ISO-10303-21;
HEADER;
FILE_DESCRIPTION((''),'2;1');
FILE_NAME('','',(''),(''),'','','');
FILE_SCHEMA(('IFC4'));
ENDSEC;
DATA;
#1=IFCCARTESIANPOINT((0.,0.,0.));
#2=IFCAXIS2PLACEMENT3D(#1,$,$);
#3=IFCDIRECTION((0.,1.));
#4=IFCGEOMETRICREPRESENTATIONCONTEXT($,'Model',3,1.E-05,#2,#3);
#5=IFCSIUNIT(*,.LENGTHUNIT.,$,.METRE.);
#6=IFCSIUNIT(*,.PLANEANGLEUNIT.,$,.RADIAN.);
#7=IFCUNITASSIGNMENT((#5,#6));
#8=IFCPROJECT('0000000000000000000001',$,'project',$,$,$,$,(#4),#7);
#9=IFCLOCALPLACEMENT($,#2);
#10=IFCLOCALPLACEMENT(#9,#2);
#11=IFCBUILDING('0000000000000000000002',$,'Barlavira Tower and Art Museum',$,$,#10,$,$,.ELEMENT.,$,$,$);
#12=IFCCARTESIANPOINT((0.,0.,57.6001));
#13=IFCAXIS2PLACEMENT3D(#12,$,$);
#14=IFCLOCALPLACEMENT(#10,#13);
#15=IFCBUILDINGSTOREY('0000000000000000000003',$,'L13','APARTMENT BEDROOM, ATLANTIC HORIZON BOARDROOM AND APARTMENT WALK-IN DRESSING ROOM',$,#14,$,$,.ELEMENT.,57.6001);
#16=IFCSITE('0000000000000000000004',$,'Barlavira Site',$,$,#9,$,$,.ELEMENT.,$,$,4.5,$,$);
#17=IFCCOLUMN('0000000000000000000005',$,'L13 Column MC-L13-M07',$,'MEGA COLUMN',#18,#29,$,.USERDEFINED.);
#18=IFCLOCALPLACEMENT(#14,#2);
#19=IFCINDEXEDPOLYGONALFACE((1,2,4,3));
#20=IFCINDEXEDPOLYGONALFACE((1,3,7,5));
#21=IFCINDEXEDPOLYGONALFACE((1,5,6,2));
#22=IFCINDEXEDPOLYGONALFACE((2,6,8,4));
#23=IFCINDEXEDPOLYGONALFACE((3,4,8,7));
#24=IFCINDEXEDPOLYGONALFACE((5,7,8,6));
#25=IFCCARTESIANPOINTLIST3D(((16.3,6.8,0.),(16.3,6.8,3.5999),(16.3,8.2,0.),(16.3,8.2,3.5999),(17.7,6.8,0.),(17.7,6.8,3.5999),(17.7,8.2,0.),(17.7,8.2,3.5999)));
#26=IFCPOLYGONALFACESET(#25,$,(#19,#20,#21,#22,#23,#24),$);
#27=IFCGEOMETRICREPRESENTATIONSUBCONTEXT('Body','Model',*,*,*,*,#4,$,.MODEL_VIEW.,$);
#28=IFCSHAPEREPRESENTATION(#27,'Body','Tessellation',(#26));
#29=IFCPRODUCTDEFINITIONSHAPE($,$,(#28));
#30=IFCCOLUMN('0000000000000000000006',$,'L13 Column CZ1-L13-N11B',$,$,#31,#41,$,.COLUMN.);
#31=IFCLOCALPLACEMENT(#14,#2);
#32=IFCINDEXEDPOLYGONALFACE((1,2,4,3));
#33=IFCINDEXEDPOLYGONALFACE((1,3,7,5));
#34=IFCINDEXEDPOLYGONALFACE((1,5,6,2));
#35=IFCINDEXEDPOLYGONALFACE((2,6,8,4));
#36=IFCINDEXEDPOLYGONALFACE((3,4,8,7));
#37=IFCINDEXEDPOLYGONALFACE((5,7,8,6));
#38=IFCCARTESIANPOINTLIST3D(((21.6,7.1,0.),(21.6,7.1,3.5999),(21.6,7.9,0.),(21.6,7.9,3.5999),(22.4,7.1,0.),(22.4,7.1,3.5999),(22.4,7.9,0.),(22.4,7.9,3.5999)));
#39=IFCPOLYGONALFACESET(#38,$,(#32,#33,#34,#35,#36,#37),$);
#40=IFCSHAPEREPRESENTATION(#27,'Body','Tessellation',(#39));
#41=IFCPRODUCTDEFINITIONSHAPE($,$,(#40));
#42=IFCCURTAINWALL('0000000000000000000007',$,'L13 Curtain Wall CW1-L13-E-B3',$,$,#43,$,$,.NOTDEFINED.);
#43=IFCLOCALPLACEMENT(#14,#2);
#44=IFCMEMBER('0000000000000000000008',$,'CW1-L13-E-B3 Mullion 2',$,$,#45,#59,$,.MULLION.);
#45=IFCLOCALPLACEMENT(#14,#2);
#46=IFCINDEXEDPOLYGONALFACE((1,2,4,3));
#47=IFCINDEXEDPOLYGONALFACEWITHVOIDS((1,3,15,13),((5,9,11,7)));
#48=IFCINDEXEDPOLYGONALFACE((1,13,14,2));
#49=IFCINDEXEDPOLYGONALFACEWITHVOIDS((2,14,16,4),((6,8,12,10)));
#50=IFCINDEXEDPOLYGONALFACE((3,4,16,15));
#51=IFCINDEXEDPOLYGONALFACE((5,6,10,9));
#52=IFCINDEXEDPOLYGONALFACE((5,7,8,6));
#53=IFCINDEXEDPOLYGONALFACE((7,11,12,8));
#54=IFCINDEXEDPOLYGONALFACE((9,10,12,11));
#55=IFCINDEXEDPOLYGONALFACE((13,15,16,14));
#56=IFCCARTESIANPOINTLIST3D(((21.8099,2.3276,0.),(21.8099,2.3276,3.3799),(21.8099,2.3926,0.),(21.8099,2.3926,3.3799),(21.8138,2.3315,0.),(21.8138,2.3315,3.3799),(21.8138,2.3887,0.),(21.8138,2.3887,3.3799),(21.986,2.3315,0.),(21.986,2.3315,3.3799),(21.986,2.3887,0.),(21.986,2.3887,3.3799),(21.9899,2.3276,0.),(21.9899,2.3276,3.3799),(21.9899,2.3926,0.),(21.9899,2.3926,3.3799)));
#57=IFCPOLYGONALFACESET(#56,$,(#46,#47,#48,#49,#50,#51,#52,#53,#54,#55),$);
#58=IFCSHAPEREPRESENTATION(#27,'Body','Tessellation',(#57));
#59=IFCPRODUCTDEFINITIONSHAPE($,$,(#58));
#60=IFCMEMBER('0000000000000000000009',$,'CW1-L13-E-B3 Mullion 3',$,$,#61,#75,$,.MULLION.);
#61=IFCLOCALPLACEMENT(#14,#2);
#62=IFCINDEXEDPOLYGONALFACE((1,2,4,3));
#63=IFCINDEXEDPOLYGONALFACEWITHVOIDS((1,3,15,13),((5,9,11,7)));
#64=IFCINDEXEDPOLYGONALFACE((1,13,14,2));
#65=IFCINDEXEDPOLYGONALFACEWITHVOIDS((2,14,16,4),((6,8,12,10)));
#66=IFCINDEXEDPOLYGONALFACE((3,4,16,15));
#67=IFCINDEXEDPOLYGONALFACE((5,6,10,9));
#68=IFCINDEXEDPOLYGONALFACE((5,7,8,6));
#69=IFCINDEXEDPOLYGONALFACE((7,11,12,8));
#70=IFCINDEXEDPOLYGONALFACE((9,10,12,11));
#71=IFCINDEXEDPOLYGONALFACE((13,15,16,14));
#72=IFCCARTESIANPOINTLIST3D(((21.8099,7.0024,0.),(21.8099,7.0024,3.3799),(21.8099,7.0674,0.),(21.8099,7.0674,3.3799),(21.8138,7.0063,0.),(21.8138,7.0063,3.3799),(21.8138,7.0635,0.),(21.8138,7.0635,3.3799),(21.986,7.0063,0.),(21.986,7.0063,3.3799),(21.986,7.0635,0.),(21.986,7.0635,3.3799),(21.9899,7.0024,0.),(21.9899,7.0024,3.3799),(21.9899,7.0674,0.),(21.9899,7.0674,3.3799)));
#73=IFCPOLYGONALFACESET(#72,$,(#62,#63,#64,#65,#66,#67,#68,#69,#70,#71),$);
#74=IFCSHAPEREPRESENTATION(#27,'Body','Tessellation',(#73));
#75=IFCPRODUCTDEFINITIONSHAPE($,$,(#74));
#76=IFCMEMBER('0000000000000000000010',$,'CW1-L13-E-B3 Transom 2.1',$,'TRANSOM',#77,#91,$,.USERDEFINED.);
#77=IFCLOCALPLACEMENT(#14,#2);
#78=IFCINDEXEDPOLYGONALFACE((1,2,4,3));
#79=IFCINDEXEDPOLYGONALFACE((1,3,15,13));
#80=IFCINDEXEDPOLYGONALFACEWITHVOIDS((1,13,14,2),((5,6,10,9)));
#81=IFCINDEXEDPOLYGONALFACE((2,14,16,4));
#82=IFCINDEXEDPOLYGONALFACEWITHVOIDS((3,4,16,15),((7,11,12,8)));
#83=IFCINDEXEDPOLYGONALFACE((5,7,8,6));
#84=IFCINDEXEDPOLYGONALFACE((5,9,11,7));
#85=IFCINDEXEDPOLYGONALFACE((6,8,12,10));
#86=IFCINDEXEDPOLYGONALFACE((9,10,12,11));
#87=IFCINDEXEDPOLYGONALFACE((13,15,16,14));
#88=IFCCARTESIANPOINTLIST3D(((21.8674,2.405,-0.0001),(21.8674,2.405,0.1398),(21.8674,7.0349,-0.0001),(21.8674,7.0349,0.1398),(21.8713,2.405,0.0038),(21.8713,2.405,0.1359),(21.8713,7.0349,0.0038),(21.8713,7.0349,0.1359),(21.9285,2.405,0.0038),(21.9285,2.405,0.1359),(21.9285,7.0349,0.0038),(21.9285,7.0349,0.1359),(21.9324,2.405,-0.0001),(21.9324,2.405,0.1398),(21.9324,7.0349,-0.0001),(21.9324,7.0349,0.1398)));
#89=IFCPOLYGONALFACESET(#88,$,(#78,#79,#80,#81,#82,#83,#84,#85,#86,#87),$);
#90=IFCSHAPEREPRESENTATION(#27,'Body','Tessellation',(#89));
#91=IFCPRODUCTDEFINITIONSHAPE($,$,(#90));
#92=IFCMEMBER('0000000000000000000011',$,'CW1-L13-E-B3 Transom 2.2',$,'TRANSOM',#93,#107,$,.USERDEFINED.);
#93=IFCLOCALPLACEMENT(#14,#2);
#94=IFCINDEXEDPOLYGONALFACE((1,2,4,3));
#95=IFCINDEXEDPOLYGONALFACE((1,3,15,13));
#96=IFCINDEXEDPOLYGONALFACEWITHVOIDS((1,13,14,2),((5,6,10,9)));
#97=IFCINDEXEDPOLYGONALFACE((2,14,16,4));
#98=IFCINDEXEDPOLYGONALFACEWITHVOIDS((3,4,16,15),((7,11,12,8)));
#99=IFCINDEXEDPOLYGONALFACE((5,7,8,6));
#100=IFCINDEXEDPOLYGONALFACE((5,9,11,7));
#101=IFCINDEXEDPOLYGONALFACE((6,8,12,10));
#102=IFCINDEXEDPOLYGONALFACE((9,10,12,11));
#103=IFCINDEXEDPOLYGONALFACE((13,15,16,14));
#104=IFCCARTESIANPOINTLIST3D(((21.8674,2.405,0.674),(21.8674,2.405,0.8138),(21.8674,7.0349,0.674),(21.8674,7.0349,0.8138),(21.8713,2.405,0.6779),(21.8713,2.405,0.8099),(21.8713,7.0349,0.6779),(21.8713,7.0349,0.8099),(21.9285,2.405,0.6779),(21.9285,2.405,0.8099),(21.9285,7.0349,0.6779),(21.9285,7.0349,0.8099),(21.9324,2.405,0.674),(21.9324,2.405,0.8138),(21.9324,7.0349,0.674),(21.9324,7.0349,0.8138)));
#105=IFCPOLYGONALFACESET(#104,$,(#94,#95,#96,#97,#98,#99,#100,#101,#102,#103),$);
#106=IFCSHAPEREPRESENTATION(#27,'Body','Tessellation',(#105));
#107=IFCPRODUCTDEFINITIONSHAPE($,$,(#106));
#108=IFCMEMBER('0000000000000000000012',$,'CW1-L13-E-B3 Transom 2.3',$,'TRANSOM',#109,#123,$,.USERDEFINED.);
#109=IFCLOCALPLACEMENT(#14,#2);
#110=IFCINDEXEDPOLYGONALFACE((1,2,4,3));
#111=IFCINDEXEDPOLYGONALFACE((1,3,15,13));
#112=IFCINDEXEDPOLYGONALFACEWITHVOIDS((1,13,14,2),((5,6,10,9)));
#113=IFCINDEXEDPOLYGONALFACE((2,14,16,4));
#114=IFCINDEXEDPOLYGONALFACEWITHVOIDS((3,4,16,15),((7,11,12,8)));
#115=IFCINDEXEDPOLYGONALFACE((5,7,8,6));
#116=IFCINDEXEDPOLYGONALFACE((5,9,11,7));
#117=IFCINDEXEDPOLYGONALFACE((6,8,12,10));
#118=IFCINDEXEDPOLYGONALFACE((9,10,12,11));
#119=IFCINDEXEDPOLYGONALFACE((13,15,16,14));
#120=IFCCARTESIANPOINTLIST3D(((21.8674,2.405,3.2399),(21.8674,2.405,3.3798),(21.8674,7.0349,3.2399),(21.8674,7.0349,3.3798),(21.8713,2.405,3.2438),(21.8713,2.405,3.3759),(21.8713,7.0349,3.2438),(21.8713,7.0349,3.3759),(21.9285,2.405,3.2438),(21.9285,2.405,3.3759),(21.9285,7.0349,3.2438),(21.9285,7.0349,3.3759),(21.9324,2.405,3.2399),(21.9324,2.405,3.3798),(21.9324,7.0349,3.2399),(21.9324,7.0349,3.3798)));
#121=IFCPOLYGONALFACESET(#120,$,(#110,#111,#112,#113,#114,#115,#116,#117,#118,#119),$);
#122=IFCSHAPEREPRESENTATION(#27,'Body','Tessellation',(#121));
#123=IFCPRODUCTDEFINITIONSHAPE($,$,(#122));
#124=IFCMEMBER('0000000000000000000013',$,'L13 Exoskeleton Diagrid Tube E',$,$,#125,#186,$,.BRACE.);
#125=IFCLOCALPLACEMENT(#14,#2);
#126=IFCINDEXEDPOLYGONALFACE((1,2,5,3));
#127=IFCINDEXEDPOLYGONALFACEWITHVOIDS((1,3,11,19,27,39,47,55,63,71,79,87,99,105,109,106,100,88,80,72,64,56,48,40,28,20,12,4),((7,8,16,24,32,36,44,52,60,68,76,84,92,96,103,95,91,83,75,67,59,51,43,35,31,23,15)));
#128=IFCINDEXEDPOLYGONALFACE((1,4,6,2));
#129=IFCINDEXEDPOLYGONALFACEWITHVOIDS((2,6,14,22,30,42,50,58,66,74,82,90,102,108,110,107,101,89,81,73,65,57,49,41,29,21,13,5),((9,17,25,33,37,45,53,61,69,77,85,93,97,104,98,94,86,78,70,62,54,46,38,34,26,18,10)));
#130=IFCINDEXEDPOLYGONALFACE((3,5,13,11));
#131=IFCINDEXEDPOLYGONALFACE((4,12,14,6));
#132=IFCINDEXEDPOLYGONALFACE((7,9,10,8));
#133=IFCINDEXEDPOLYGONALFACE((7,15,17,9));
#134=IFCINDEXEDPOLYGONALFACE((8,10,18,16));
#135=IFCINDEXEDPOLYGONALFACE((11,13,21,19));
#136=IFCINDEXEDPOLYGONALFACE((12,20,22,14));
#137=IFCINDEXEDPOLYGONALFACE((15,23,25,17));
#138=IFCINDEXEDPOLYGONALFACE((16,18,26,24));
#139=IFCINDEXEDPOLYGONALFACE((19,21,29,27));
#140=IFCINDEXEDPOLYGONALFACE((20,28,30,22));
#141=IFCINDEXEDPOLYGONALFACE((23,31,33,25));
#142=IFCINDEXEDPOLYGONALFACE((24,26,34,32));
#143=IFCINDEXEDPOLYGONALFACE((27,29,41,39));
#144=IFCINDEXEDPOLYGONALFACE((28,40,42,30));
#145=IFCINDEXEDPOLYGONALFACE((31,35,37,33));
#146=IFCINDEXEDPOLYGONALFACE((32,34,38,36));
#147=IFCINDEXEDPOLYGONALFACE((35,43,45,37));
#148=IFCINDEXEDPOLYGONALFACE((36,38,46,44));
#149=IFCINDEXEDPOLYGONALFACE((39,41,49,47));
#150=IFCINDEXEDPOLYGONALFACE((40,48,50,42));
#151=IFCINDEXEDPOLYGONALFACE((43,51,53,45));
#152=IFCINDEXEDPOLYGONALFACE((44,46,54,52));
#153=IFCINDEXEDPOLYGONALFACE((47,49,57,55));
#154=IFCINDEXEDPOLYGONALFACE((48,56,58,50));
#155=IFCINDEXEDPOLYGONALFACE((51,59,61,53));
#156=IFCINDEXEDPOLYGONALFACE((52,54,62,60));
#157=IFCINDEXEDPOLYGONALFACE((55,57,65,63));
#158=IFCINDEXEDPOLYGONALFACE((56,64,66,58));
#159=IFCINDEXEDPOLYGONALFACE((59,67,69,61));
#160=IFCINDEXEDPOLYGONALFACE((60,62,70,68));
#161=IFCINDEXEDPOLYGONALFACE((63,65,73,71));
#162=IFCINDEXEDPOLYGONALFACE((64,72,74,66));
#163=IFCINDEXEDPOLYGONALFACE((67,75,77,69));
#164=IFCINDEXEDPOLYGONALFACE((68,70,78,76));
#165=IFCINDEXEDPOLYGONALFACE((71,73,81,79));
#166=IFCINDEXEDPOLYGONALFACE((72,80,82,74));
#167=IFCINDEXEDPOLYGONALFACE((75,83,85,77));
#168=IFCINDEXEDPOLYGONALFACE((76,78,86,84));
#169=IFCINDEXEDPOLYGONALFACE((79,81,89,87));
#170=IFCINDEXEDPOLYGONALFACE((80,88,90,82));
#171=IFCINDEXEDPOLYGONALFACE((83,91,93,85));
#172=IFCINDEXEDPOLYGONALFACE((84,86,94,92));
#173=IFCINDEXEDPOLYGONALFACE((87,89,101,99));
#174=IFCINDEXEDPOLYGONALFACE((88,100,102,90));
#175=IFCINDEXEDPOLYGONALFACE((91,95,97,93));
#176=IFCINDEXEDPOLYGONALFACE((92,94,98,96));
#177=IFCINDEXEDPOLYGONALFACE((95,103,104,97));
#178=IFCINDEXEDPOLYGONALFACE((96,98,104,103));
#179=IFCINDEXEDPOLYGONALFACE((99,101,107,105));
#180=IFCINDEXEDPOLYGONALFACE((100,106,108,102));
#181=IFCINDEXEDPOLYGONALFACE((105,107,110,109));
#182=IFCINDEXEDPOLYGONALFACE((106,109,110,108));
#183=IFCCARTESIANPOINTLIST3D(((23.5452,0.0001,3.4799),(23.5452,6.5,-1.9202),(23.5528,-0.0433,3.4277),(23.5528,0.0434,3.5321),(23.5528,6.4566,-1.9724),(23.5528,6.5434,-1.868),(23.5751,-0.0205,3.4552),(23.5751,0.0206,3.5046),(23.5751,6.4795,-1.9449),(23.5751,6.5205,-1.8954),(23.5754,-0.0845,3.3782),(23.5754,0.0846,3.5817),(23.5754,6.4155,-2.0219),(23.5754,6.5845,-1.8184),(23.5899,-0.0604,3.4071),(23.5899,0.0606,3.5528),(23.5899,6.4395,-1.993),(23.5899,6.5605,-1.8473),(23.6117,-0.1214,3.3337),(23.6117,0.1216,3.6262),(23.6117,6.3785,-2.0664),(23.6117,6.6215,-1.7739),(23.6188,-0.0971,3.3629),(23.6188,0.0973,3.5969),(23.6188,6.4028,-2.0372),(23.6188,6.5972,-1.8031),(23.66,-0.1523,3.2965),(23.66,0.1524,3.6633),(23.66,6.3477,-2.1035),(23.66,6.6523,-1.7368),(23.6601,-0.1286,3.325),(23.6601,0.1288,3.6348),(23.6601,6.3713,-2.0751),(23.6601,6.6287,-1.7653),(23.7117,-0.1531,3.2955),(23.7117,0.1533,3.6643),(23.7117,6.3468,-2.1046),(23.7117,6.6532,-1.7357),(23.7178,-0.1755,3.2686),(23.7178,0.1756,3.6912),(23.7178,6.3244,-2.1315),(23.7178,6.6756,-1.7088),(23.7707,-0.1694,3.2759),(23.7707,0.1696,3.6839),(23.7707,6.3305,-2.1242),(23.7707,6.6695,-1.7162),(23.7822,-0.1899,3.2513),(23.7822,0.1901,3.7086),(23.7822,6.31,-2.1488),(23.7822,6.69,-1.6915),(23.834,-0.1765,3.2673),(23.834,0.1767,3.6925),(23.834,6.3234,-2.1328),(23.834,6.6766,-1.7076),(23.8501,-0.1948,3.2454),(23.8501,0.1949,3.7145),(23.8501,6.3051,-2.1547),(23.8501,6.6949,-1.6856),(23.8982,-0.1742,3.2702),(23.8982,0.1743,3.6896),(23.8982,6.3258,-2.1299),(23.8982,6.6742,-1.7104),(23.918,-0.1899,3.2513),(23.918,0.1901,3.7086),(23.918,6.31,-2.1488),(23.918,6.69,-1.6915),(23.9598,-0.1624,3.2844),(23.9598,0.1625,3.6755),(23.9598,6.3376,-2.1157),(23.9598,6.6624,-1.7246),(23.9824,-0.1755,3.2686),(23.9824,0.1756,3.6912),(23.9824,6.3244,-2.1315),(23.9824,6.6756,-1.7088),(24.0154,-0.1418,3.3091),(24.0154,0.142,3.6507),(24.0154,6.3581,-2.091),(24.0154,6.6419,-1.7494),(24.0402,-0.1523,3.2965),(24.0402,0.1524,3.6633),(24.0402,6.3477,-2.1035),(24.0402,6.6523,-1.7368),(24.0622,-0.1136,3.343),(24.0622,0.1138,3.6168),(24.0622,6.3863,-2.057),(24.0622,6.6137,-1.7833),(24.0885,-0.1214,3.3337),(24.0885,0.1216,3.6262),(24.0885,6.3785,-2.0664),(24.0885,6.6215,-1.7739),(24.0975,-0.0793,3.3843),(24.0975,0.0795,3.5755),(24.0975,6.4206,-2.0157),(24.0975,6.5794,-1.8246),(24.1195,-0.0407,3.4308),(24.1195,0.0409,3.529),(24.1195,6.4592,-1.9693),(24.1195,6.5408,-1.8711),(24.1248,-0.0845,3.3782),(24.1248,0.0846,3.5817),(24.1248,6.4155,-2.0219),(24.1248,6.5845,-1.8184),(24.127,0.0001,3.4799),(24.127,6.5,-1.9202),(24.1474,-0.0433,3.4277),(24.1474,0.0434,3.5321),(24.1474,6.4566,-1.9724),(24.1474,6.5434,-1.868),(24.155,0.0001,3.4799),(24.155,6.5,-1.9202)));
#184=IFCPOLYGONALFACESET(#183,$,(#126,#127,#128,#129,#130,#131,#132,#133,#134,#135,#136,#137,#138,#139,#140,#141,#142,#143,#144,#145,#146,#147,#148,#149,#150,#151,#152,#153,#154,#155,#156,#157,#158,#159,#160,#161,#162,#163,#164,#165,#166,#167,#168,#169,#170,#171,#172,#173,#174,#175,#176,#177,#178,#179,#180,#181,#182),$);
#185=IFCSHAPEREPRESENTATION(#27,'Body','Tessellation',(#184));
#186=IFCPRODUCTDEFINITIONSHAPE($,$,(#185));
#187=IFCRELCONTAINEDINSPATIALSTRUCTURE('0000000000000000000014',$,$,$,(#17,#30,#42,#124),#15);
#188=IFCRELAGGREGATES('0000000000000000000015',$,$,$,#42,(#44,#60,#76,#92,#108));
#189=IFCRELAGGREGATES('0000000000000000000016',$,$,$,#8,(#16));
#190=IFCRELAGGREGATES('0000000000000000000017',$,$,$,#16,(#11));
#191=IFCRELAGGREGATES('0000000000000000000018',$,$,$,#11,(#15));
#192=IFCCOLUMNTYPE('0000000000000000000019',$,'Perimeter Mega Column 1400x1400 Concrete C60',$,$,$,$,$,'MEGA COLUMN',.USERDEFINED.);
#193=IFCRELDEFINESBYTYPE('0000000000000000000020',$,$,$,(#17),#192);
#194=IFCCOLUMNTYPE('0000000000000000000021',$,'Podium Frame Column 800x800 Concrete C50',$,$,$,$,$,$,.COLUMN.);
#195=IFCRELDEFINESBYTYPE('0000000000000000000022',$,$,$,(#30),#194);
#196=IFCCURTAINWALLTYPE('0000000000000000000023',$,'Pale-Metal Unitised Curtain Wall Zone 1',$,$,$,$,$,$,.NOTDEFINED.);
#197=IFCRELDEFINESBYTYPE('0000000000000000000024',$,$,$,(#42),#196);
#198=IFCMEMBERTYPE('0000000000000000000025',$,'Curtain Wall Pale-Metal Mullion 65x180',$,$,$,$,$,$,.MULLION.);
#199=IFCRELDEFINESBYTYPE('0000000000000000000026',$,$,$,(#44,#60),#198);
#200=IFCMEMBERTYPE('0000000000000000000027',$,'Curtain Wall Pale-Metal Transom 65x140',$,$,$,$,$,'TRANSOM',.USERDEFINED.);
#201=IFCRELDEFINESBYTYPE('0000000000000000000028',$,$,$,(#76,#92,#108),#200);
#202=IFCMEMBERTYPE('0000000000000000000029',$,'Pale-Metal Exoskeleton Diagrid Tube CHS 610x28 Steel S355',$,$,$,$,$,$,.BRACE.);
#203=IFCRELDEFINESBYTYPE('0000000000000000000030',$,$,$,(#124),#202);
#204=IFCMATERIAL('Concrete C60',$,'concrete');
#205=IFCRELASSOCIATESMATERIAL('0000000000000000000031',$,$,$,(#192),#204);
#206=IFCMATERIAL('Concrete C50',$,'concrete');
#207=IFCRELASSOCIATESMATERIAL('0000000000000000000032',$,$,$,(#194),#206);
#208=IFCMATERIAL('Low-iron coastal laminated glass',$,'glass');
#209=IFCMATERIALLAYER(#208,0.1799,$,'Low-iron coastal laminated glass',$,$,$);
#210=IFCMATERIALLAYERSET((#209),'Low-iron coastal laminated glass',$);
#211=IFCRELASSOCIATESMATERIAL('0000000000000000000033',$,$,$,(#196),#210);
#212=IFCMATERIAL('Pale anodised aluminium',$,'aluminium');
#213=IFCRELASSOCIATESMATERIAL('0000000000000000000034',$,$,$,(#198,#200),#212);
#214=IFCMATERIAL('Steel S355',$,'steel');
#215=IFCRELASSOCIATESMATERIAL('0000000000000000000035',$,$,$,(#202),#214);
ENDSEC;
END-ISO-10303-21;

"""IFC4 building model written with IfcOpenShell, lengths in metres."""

from ifc_helpers import new_model, si_unit, direction, frame, origin, origin_2d, place, context, subcontext, project, spatial, rectangle, hollow_rectangle, hollow_circle, extrude, material, layer, layer_set, material_profile, profile_set, type_object, element, aggregate, save


model = new_model("IFC4")

# Units and contexts
model_context = context("Model", 3, precision=1e-05, world=origin(), true_north=direction((0.0, 1.0)))
body_context = subcontext(model_context, "Body", "Model", "MODEL_VIEW")
ifc_project = project(units=[si_unit("LENGTHUNIT", "METRE"), si_unit("PLANEANGLEUNIT", "RADIAN")], contexts=[model_context])

# Site, building, storey
site_placement = place(None, origin())
site = spatial("IfcSite", under=ifc_project, at=site_placement, Name="Barlavira Site", CompositionType="ELEMENT", RefElevation=4.5)
building_placement = place(site_placement, origin())
building = spatial("IfcBuilding", under=site, at=building_placement, Name="Barlavira Tower and Art Museum", CompositionType="ELEMENT")
storey_placement = place(building_placement, frame((0.0, 0.0, 57.6001)))
storey = spatial("IfcBuildingStorey", under=building, at=storey_placement, Name="L13", Description="APARTMENT BEDROOM, ATLANTIC HORIZON BOARDROOM AND APARTMENT WALK-IN DRESSING ROOM", CompositionType="ELEMENT", Elevation=57.6001)

# Columns
ifc_material_1 = material(Name="Concrete C60", Category="concrete")
ifc_material_profile_1 = material_profile(ifc_material_1, rectangle(XDim=1.3999, YDim=1.3999, at=origin_2d()), Name="RC-MCOL 1400x1400")
ifc_profile_set_1 = profile_set([ifc_material_profile_1], Name="Concrete C60")
column_type_1 = type_object("IfcColumnType", Name="Perimeter Mega Column 1400x1400 Concrete C60", ElementType="MEGA COLUMN", PredefinedType="USERDEFINED", material=ifc_profile_set_1)
column_1_placement = place(storey_placement, frame((17.0, 7.5, 0.0), z_axis=(0.0, 0.0, 1.0), x_axis=(1.0, 0.0, 0.0)))
element("IfcColumn", 1, at=column_1_placement, inside=storey, type_object=column_type_1, Name="L13 Column MC-L13-M07", ObjectType="MEGA COLUMN", PredefinedType="USERDEFINED", context=body_context, shape_type="SweptSolid", body=[
    extrude(rectangle(XDim=1.3999, YDim=1.3999, at=origin_2d()), origin(), (0.0, 0.0, 1.0), 3.5999),
])
ifc_material_2 = material(Name="Concrete C50", Category="concrete")
ifc_material_profile_2 = material_profile(ifc_material_2, rectangle(XDim=0.8, YDim=0.8, at=origin_2d()), Name="RC-COL 800x800")
ifc_profile_set_2 = profile_set([ifc_material_profile_2], Name="Concrete C50")
column_type_2 = type_object("IfcColumnType", Name="Podium Frame Column 800x800 Concrete C50", PredefinedType="COLUMN", material=ifc_profile_set_2)
column_2_placement = place(storey_placement, frame((22.0, 7.5, 0.0), z_axis=(0.0, 0.0, 1.0), x_axis=(1.0, 0.0, 0.0)))
element("IfcColumn", 2, at=column_2_placement, inside=storey, type_object=column_type_2, Name="L13 Column CZ1-L13-N11B", PredefinedType="COLUMN", context=body_context, shape_type="SweptSolid", body=[
    extrude(rectangle(XDim=0.8, YDim=0.8, at=origin_2d()), origin(), (0.0, 0.0, 1.0), 3.5999),
])

# Curtain wall, members
ifc_material_3 = material(Name="Low-iron coastal laminated glass", Category="glass")
ifc_layer_1 = layer(ifc_material_3, 0.1799, Name="Low-iron coastal laminated glass")
ifc_layer_set_1 = layer_set([ifc_layer_1], Name="Low-iron coastal laminated glass")
curtain_wall_type = type_object("IfcCurtainWallType", Name="Pale-Metal Unitised Curtain Wall Zone 1", PredefinedType="NOTDEFINED", material=ifc_layer_set_1)
curtain_wall_placement = place(storey_placement, origin())
curtain_wall = element("IfcCurtainWall", 3, at=curtain_wall_placement, inside=storey, type_object=curtain_wall_type, Name="L13 Curtain Wall CW1-L13-E-B3", PredefinedType="NOTDEFINED")
ifc_material_4 = material(Name="Pale anodised aluminium", Category="aluminium")
ifc_material_profile_3 = material_profile(ifc_material_4, hollow_rectangle(XDim=0.0649, YDim=0.1799, WallThickness=0.0039, at=origin_2d()), Name="ALU-MULL 65x180x4")
ifc_profile_set_3 = profile_set([ifc_material_profile_3], Name="Pale anodised aluminium")
member_type_1 = type_object("IfcMemberType", Name="Curtain Wall Pale-Metal Mullion 65x180", PredefinedType="MULLION", material=ifc_profile_set_3)
member_1_placement = place(storey_placement, frame((21.8999, 2.3601, 0.0), z_axis=(0.0, 0.0, 1.0), x_axis=(0.0, 1.0, 0.0)))
member_1 = element("IfcMember", 4, at=member_1_placement, type_object=member_type_1, Name="CW1-L13-E-B3 Mullion 2", PredefinedType="MULLION", context=body_context, shape_type="SweptSolid", body=[
    extrude(hollow_rectangle(XDim=0.0649, YDim=0.1799, WallThickness=0.0039, at=origin_2d()), origin(), (0.0, 0.0, 1.0), 3.3799),
])
member_2_placement = place(storey_placement, frame((21.8999, 7.0349, 0.0), z_axis=(0.0, 0.0, 1.0), x_axis=(0.0, 1.0, 0.0)))
member_2 = element("IfcMember", 5, at=member_2_placement, type_object=member_type_1, Name="CW1-L13-E-B3 Mullion 3", PredefinedType="MULLION", context=body_context, shape_type="SweptSolid", body=[
    extrude(hollow_rectangle(XDim=0.0649, YDim=0.1799, WallThickness=0.0039, at=origin_2d()), origin(), (0.0, 0.0, 1.0), 3.3799),
])
ifc_material_profile_4 = material_profile(ifc_material_4, hollow_rectangle(XDim=0.0649, YDim=0.1399, WallThickness=0.0039, at=origin_2d()), Name="ALU-TRAN 65x140x4")
ifc_profile_set_4 = profile_set([ifc_material_profile_4], Name="Pale anodised aluminium")
member_type_2 = type_object("IfcMemberType", Name="Curtain Wall Pale-Metal Transom 65x140", ElementType="TRANSOM", PredefinedType="USERDEFINED", material=ifc_profile_set_4)
member_3_placement = place(storey_placement, frame((21.8999, 2.405, 0.0698), z_axis=(0.0, 1.0, 0.0), x_axis=(-1.0, 0.0, 0.0)))
member_3 = element("IfcMember", 6, at=member_3_placement, type_object=member_type_2, Name="CW1-L13-E-B3 Transom 2.1", ObjectType="TRANSOM", PredefinedType="USERDEFINED", context=body_context, shape_type="SweptSolid", body=[
    extrude(hollow_rectangle(XDim=0.0649, YDim=0.1399, WallThickness=0.0039, at=origin_2d()), origin(), (0.0, 0.0, 1.0), 4.6299),
])
member_4_placement = place(storey_placement, frame((21.8999, 2.405, 0.7439), z_axis=(0.0, 1.0, 0.0), x_axis=(-1.0, 0.0, 0.0)))
member_4 = element("IfcMember", 7, at=member_4_placement, type_object=member_type_2, Name="CW1-L13-E-B3 Transom 2.2", ObjectType="TRANSOM", PredefinedType="USERDEFINED", context=body_context, shape_type="SweptSolid", body=[
    extrude(hollow_rectangle(XDim=0.0649, YDim=0.1399, WallThickness=0.0039, at=origin_2d()), origin(), (0.0, 0.0, 1.0), 4.6299),
])
member_5_placement = place(storey_placement, frame((21.8999, 2.405, 3.3098), z_axis=(0.0, 1.0, 0.0), x_axis=(-1.0, 0.0, 0.0)))
member_5 = element("IfcMember", 8, at=member_5_placement, type_object=member_type_2, Name="CW1-L13-E-B3 Transom 2.3", ObjectType="TRANSOM", PredefinedType="USERDEFINED", context=body_context, shape_type="SweptSolid", body=[
    extrude(hollow_rectangle(XDim=0.0649, YDim=0.1399, WallThickness=0.0039, at=origin_2d()), origin(), (0.0, 0.0, 1.0), 4.6299),
])

# Member
ifc_material_5 = material(Name="Steel S355", Category="steel")
ifc_material_profile_5 = material_profile(ifc_material_5, hollow_circle(Radius=0.3049, WallThickness=0.0281, at=origin_2d()), Name="CHS 610.0x28.0")
ifc_profile_set_5 = profile_set([ifc_material_profile_5], Name="Steel S355")
member_type_3 = type_object("IfcMemberType", Name="Pale-Metal Exoskeleton Diagrid Tube CHS 610x28 Steel S355", PredefinedType="BRACE", material=ifc_profile_set_5)
for number, where, z_axis, x_axis, name in (
    (9, (23.8501, 6.5, -1.9202), (0.0, -0.769182, 0.63903), (1.0, 0.0, 0.0), "L13 Exoskeleton Diagrid Tube E"),
):
    element("IfcMember", number, at=place(storey_placement, frame(where, z_axis=z_axis, x_axis=x_axis)), inside=storey, type_object=member_type_3, Name=name, PredefinedType="BRACE", context=body_context, shape_type="SweptSolid", body=[
        extrude(hollow_circle(Radius=0.3049, WallThickness=0.0281, at=origin_2d()), origin(), (0.0, 0.0, 1.0), 8.4504),
    ])

aggregate(curtain_wall, [member_1, member_2, member_3, member_4, member_5])

save(model, "model.ifc")
